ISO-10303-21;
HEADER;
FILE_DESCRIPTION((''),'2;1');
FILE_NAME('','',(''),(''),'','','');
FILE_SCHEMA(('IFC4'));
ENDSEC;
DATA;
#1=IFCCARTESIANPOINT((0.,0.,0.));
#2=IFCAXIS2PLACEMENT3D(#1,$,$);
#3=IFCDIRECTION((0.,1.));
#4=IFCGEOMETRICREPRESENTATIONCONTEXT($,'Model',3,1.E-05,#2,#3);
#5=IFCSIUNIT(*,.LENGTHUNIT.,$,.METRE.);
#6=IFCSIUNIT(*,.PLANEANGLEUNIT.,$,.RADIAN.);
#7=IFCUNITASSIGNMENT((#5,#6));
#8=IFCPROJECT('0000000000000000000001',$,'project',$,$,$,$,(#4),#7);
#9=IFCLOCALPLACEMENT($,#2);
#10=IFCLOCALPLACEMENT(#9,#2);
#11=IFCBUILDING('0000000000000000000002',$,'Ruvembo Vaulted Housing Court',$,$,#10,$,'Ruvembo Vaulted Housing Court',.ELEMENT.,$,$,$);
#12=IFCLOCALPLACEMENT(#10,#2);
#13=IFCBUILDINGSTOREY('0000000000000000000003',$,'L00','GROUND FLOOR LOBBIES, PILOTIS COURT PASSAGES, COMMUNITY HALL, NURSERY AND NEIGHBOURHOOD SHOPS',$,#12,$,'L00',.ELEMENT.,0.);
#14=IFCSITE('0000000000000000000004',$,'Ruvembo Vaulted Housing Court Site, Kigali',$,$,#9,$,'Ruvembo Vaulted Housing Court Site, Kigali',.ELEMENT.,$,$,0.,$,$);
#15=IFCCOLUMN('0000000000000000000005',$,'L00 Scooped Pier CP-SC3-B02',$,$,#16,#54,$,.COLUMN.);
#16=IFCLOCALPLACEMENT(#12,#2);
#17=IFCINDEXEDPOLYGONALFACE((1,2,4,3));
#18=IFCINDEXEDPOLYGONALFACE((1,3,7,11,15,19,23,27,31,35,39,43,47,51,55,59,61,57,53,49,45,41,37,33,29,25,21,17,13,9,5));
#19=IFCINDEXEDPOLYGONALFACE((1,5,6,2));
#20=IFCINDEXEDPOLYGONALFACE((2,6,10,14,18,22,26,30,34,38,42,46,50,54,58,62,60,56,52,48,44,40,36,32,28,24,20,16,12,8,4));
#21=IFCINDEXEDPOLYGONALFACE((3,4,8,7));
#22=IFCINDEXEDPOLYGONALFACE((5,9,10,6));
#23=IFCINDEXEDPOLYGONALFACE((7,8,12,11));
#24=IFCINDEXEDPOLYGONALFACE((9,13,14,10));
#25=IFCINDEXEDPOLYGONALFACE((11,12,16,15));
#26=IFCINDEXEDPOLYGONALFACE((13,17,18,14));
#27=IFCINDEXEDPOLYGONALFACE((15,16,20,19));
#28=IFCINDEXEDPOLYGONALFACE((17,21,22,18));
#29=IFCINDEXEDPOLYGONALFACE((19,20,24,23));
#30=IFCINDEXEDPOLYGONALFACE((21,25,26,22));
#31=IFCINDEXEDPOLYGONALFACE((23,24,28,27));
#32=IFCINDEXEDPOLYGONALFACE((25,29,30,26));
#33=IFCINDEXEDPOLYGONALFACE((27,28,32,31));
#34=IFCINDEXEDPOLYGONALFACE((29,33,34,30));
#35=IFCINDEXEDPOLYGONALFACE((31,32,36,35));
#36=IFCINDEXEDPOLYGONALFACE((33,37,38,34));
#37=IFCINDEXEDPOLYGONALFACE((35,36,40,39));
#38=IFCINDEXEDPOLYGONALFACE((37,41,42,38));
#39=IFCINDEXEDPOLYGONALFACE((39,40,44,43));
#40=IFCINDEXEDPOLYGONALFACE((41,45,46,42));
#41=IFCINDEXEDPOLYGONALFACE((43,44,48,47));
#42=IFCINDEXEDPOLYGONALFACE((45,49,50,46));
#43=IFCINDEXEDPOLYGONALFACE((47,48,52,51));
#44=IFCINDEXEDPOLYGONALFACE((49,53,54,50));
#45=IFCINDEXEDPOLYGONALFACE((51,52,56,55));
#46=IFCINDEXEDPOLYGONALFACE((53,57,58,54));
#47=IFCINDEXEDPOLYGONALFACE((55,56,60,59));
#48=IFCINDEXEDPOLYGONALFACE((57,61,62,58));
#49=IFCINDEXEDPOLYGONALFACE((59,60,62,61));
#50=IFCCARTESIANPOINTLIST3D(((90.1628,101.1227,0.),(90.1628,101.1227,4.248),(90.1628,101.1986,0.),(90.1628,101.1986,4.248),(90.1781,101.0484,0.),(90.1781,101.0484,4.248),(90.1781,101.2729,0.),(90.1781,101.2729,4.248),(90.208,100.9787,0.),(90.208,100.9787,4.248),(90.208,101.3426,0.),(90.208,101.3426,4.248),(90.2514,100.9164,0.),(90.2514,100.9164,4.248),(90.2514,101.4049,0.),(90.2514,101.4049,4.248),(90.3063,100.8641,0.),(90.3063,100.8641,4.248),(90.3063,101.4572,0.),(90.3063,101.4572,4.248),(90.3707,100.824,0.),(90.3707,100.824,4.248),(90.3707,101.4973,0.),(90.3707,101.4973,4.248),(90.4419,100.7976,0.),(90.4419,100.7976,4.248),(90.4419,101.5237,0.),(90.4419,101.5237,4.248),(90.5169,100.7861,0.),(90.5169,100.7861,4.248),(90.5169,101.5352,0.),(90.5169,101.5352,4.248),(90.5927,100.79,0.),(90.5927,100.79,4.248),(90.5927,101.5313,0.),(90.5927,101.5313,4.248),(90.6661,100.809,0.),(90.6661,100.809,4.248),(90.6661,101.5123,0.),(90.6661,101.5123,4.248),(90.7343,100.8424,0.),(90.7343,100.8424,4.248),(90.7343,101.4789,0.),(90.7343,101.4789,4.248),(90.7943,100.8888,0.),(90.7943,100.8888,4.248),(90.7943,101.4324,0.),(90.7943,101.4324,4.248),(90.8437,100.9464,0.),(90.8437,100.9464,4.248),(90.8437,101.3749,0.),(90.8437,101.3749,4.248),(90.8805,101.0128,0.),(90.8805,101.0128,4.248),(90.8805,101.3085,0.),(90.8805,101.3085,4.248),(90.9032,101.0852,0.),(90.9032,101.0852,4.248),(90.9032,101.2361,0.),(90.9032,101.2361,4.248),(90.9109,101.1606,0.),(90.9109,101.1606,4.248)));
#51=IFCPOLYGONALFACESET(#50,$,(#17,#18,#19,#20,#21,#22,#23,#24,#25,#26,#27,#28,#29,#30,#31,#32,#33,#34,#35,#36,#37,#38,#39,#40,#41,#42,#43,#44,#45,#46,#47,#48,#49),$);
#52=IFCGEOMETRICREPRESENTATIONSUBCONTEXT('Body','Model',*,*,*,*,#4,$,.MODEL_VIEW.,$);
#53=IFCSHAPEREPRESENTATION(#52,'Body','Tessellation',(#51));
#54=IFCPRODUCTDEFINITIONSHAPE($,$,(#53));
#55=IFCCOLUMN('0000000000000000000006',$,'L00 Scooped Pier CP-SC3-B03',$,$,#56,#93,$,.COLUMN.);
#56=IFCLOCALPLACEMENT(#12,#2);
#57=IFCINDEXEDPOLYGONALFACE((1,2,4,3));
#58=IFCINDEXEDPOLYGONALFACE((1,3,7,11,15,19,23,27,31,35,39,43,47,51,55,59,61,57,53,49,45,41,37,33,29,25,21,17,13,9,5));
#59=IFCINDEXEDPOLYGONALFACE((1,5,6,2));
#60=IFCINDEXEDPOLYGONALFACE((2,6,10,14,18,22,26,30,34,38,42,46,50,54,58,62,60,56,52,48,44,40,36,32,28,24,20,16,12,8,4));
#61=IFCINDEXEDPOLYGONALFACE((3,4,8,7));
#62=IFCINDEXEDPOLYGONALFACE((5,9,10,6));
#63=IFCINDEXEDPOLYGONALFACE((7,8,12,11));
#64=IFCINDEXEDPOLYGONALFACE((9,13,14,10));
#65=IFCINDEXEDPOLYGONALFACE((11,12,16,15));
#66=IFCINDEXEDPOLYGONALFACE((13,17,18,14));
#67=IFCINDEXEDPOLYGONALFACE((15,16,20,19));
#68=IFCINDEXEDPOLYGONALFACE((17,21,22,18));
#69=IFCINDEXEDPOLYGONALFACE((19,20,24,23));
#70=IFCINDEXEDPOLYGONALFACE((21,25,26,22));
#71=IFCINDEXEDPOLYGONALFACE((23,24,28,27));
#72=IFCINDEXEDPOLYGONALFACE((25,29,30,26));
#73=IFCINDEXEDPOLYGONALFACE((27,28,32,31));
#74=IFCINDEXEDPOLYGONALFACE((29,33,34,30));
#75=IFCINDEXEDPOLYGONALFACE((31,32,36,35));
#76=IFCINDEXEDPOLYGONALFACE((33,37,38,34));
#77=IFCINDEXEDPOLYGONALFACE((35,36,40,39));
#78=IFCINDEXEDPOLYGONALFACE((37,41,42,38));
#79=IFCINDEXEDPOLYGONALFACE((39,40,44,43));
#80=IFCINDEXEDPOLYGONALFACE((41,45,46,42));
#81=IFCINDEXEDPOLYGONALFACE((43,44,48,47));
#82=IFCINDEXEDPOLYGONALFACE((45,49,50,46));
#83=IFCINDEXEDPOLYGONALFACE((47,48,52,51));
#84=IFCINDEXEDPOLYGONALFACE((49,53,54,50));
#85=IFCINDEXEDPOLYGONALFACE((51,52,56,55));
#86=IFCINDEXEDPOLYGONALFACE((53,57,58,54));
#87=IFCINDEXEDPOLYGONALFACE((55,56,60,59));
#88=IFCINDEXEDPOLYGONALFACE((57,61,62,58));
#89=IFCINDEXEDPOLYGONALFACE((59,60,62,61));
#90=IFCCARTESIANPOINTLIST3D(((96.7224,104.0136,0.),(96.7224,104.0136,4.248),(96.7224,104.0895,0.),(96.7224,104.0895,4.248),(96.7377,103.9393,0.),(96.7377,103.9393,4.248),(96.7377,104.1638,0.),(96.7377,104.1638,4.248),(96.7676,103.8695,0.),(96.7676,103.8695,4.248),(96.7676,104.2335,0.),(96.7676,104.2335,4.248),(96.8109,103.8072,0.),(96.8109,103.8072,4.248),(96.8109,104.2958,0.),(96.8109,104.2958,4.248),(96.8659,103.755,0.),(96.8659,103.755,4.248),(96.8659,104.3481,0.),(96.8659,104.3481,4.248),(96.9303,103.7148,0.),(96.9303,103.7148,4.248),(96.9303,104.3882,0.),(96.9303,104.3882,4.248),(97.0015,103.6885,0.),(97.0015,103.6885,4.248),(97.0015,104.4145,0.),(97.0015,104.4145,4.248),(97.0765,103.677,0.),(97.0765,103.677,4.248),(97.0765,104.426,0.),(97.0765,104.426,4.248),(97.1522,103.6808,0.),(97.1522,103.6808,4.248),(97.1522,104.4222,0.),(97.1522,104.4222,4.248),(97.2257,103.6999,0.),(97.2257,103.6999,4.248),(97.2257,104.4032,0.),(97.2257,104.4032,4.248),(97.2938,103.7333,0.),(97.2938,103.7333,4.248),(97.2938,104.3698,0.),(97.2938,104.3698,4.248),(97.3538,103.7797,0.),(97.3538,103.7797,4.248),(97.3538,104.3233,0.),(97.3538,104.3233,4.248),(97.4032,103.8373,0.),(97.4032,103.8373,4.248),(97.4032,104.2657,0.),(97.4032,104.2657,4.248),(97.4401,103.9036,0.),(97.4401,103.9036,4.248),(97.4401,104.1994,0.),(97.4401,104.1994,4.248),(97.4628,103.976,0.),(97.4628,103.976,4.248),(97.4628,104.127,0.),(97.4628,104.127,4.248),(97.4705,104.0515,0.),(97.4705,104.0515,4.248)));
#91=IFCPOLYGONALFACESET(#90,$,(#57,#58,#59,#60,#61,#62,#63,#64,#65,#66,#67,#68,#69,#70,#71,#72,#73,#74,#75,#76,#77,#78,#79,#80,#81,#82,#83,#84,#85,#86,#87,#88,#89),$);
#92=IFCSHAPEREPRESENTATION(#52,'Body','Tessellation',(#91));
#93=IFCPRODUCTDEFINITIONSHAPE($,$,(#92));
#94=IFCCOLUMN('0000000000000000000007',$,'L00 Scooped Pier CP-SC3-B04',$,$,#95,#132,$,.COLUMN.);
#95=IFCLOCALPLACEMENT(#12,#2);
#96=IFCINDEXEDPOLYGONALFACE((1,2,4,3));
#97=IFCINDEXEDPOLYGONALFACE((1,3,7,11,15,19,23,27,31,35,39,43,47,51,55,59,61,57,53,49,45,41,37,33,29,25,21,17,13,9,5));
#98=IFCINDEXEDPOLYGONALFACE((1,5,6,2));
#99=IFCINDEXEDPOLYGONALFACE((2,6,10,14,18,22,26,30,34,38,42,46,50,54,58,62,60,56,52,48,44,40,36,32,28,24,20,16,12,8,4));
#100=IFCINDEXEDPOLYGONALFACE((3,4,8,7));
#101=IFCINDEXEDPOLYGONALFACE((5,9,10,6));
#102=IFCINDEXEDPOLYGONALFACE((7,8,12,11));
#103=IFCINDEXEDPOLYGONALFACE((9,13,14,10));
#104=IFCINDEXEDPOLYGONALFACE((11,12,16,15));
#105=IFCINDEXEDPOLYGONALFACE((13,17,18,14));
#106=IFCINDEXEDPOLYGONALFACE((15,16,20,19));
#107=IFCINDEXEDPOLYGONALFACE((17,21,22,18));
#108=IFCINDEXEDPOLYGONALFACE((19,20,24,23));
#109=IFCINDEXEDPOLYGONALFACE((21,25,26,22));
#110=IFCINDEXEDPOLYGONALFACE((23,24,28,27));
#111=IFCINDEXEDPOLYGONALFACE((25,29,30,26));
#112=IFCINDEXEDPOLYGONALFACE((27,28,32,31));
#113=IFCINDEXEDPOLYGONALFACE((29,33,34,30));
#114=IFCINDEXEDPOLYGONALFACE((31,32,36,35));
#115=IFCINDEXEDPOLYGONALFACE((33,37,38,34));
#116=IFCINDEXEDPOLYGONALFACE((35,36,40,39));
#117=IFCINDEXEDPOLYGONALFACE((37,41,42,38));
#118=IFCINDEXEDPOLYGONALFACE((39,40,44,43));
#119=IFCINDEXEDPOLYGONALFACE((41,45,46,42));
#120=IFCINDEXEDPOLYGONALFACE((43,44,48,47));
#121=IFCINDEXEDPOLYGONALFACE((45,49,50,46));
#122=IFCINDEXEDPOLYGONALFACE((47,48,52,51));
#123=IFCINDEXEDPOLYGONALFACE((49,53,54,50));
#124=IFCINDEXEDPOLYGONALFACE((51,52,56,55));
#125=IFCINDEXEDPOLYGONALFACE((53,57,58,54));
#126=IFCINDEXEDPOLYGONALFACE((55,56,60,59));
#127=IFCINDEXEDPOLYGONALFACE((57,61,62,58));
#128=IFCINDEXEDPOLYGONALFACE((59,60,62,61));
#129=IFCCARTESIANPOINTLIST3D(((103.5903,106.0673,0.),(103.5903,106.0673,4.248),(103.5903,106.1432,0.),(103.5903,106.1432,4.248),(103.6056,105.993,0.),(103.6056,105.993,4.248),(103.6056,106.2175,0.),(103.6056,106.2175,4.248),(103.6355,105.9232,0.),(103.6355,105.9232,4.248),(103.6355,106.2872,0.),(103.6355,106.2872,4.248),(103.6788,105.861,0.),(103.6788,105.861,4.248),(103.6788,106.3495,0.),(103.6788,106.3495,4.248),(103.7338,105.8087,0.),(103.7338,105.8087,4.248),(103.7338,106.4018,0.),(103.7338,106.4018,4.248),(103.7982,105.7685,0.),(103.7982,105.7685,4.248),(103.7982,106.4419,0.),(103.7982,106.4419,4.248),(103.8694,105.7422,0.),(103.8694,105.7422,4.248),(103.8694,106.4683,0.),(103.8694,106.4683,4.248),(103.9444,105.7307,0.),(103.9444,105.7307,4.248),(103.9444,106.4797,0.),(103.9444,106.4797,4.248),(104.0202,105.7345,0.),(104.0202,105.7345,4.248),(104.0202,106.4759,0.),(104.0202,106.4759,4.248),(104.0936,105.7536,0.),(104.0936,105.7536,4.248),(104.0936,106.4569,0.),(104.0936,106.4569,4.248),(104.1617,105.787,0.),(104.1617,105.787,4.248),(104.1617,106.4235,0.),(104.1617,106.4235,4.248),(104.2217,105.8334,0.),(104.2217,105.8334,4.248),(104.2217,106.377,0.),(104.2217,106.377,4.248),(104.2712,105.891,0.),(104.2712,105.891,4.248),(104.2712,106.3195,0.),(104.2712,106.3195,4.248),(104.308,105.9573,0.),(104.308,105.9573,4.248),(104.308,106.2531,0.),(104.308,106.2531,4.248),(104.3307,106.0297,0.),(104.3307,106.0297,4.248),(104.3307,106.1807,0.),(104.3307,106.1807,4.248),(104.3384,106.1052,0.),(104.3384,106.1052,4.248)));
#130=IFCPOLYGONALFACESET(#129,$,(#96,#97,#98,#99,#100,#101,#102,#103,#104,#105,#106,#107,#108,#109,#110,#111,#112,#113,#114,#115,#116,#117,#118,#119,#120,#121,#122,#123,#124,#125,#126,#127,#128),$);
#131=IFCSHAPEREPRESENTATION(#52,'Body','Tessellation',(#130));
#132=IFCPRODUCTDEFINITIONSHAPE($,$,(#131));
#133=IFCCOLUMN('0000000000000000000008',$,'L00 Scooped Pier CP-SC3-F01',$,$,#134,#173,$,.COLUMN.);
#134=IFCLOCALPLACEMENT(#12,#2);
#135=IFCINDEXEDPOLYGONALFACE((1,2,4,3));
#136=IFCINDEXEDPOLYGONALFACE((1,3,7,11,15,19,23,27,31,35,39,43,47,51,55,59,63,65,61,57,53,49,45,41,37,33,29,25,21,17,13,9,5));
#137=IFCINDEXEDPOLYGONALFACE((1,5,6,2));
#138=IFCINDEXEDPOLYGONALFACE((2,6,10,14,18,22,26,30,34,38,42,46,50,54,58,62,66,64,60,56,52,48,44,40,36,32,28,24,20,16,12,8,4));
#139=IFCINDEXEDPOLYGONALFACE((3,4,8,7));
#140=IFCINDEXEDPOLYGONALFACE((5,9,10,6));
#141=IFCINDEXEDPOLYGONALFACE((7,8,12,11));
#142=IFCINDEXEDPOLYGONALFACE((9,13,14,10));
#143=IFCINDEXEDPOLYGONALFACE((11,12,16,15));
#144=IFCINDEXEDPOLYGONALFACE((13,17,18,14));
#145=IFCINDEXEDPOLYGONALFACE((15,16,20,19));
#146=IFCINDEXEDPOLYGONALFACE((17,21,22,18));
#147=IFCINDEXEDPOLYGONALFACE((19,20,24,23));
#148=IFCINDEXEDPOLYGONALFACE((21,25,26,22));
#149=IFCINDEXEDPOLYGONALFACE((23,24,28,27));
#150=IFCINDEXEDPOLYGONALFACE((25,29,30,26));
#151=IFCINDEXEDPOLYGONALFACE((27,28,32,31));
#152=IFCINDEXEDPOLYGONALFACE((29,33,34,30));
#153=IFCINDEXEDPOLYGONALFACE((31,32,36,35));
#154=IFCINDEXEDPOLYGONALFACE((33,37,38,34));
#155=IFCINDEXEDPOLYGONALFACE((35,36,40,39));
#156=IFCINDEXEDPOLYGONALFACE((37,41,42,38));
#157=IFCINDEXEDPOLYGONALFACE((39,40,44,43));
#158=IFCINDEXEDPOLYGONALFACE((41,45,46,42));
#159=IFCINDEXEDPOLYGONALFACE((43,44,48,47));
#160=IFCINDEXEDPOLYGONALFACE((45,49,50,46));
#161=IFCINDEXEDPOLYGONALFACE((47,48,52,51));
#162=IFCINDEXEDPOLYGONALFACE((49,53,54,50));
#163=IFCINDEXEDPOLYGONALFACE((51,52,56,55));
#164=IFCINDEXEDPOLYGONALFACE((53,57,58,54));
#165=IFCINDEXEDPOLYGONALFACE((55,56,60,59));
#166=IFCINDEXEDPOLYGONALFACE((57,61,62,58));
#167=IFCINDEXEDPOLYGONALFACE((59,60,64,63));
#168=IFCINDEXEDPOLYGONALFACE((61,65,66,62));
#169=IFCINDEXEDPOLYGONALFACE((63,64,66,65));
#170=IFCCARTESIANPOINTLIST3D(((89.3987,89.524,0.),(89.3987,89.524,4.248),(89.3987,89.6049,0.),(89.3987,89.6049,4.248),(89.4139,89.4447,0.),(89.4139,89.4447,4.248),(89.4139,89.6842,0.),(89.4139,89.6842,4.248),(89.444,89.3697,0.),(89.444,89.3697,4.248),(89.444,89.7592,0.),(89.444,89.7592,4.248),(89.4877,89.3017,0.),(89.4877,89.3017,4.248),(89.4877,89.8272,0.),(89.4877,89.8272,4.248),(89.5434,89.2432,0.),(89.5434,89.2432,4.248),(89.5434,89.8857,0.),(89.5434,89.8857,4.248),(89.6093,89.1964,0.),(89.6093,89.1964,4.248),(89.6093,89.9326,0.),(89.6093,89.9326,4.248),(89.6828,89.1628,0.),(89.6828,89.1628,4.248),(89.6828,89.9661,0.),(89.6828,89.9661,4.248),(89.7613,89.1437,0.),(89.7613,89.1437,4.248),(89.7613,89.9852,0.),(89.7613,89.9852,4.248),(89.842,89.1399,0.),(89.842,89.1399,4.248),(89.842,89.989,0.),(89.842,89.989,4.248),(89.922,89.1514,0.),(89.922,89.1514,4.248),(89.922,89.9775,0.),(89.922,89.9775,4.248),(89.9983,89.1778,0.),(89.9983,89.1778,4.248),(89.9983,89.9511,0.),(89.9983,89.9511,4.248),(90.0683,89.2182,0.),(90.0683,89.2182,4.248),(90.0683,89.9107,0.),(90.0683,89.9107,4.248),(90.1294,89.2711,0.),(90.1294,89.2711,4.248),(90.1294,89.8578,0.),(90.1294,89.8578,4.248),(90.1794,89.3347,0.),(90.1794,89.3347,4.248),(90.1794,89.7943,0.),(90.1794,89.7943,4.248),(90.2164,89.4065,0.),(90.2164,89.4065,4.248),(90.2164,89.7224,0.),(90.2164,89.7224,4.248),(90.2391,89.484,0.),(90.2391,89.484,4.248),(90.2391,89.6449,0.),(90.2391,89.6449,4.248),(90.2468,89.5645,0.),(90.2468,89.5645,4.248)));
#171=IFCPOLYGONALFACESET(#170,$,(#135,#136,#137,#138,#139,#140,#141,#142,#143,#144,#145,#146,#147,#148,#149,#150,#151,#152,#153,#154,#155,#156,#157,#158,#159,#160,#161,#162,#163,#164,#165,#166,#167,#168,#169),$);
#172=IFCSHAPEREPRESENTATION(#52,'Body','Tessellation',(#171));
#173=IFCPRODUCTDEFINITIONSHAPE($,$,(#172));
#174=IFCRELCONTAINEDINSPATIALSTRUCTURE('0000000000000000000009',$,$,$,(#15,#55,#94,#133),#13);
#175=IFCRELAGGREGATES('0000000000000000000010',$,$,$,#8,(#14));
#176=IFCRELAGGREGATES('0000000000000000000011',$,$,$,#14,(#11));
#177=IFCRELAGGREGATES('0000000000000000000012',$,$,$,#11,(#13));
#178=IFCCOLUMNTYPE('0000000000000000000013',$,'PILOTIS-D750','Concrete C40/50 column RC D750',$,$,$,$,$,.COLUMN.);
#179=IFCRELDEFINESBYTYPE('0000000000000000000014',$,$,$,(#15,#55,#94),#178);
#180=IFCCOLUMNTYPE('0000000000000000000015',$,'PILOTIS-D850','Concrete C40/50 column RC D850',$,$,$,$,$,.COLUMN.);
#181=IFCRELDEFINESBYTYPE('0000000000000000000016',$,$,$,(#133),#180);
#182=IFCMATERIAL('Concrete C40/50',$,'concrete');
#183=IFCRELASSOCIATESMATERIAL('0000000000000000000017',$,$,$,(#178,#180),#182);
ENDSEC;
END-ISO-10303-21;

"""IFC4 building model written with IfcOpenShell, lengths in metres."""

from ifc_helpers import new_model, si_unit, direction, frame, origin, origin_2d, place, context, subcontext, project, spatial, circle, extrude, material, material_profile, profile_set, type_object, element, save


model = new_model("IFC4")

# Units and contexts
model_context = context("Model", 3, precision=1e-05, world=origin(), true_north=direction((0.0, 1.0)))
body_context = subcontext(model_context, "Body", "Model", "MODEL_VIEW")
ifc_project = project(units=[si_unit("LENGTHUNIT", "METRE"), si_unit("PLANEANGLEUNIT", "RADIAN")], contexts=[model_context])

# Site, building, storey
site_placement = place(None, origin())
site = spatial("IfcSite", under=ifc_project, at=site_placement, Name="Ruvembo Vaulted Housing Court Site, Kigali", LongName="Ruvembo Vaulted Housing Court Site, Kigali", CompositionType="ELEMENT", RefElevation=0.0)
building_placement = place(site_placement, origin())
building = spatial("IfcBuilding", under=site, at=building_placement, Name="Ruvembo Vaulted Housing Court", LongName="Ruvembo Vaulted Housing Court", CompositionType="ELEMENT")
storey_placement = place(building_placement, origin())
storey = spatial("IfcBuildingStorey", under=building, at=storey_placement, Name="L00", Description="GROUND FLOOR LOBBIES, PILOTIS COURT PASSAGES, COMMUNITY HALL, NURSERY AND NEIGHBOURHOOD SHOPS", LongName="L00", CompositionType="ELEMENT", Elevation=0.0)

# Columns
ifc_material_1 = material(Name="Concrete C40/50", Category="concrete")
ifc_material_profile_1 = material_profile(ifc_material_1, circle(Radius=0.375, at=origin_2d()), Name="RC D750")
ifc_profile_set_1 = profile_set([ifc_material_profile_1], Name="Concrete C40/50")
column_type_1 = type_object("IfcColumnType", Name="PILOTIS-D750", Description="Concrete C40/50 column RC D750", PredefinedType="COLUMN", material=ifc_profile_set_1)
for number, where, z_axis, x_axis, name in (
    (1, (90.5359, 101.1606, 0.0), (0.0, 0.0, 1.0), (1.0, 0.0, 0.0), "L00 Scooped Pier CP-SC3-B02"),
    (2, (97.0955, 104.0515, 0.0), (0.0, 0.0, 1.0), (1.0, 0.0, 0.0), "L00 Scooped Pier CP-SC3-B03"),
    (3, (103.9634, 106.1052, 0.0), (0.0, 0.0, 1.0), (1.0, 0.0, 0.0), "L00 Scooped Pier CP-SC3-B04"),
):
    element("IfcColumn", number, at=place(storey_placement, frame(where, z_axis=z_axis, x_axis=x_axis)), inside=storey, type_object=column_type_1, Name=name, PredefinedType="COLUMN", context=body_context, shape_type="SweptSolid", body=[
        extrude(circle(Radius=0.375, at=origin_2d()), origin(), (0.0, 0.0, 1.0), 4.248),
    ])
ifc_material_profile_2 = material_profile(ifc_material_1, circle(Radius=0.425, at=origin_2d()), Name="RC D850")
ifc_profile_set_2 = profile_set([ifc_material_profile_2], Name="Concrete C40/50")
column_type_2 = type_object("IfcColumnType", Name="PILOTIS-D850", Description="Concrete C40/50 column RC D850", PredefinedType="COLUMN", material=ifc_profile_set_2)
for number, where, z_axis, x_axis, name in (
    (4, (89.8218, 89.5645, 0.0), (0.0, 0.0, 1.0), (1.0, 0.0, 0.0), "L00 Scooped Pier CP-SC3-F01"),
):
    element("IfcColumn", number, at=place(storey_placement, frame(where, z_axis=z_axis, x_axis=x_axis)), inside=storey, type_object=column_type_2, Name=name, PredefinedType="COLUMN", context=body_context, shape_type="SweptSolid", body=[
        extrude(circle(Radius=0.425, at=origin_2d()), origin(), (0.0, 0.0, 1.0), 4.248),
    ])

save(model, "model.ifc")
